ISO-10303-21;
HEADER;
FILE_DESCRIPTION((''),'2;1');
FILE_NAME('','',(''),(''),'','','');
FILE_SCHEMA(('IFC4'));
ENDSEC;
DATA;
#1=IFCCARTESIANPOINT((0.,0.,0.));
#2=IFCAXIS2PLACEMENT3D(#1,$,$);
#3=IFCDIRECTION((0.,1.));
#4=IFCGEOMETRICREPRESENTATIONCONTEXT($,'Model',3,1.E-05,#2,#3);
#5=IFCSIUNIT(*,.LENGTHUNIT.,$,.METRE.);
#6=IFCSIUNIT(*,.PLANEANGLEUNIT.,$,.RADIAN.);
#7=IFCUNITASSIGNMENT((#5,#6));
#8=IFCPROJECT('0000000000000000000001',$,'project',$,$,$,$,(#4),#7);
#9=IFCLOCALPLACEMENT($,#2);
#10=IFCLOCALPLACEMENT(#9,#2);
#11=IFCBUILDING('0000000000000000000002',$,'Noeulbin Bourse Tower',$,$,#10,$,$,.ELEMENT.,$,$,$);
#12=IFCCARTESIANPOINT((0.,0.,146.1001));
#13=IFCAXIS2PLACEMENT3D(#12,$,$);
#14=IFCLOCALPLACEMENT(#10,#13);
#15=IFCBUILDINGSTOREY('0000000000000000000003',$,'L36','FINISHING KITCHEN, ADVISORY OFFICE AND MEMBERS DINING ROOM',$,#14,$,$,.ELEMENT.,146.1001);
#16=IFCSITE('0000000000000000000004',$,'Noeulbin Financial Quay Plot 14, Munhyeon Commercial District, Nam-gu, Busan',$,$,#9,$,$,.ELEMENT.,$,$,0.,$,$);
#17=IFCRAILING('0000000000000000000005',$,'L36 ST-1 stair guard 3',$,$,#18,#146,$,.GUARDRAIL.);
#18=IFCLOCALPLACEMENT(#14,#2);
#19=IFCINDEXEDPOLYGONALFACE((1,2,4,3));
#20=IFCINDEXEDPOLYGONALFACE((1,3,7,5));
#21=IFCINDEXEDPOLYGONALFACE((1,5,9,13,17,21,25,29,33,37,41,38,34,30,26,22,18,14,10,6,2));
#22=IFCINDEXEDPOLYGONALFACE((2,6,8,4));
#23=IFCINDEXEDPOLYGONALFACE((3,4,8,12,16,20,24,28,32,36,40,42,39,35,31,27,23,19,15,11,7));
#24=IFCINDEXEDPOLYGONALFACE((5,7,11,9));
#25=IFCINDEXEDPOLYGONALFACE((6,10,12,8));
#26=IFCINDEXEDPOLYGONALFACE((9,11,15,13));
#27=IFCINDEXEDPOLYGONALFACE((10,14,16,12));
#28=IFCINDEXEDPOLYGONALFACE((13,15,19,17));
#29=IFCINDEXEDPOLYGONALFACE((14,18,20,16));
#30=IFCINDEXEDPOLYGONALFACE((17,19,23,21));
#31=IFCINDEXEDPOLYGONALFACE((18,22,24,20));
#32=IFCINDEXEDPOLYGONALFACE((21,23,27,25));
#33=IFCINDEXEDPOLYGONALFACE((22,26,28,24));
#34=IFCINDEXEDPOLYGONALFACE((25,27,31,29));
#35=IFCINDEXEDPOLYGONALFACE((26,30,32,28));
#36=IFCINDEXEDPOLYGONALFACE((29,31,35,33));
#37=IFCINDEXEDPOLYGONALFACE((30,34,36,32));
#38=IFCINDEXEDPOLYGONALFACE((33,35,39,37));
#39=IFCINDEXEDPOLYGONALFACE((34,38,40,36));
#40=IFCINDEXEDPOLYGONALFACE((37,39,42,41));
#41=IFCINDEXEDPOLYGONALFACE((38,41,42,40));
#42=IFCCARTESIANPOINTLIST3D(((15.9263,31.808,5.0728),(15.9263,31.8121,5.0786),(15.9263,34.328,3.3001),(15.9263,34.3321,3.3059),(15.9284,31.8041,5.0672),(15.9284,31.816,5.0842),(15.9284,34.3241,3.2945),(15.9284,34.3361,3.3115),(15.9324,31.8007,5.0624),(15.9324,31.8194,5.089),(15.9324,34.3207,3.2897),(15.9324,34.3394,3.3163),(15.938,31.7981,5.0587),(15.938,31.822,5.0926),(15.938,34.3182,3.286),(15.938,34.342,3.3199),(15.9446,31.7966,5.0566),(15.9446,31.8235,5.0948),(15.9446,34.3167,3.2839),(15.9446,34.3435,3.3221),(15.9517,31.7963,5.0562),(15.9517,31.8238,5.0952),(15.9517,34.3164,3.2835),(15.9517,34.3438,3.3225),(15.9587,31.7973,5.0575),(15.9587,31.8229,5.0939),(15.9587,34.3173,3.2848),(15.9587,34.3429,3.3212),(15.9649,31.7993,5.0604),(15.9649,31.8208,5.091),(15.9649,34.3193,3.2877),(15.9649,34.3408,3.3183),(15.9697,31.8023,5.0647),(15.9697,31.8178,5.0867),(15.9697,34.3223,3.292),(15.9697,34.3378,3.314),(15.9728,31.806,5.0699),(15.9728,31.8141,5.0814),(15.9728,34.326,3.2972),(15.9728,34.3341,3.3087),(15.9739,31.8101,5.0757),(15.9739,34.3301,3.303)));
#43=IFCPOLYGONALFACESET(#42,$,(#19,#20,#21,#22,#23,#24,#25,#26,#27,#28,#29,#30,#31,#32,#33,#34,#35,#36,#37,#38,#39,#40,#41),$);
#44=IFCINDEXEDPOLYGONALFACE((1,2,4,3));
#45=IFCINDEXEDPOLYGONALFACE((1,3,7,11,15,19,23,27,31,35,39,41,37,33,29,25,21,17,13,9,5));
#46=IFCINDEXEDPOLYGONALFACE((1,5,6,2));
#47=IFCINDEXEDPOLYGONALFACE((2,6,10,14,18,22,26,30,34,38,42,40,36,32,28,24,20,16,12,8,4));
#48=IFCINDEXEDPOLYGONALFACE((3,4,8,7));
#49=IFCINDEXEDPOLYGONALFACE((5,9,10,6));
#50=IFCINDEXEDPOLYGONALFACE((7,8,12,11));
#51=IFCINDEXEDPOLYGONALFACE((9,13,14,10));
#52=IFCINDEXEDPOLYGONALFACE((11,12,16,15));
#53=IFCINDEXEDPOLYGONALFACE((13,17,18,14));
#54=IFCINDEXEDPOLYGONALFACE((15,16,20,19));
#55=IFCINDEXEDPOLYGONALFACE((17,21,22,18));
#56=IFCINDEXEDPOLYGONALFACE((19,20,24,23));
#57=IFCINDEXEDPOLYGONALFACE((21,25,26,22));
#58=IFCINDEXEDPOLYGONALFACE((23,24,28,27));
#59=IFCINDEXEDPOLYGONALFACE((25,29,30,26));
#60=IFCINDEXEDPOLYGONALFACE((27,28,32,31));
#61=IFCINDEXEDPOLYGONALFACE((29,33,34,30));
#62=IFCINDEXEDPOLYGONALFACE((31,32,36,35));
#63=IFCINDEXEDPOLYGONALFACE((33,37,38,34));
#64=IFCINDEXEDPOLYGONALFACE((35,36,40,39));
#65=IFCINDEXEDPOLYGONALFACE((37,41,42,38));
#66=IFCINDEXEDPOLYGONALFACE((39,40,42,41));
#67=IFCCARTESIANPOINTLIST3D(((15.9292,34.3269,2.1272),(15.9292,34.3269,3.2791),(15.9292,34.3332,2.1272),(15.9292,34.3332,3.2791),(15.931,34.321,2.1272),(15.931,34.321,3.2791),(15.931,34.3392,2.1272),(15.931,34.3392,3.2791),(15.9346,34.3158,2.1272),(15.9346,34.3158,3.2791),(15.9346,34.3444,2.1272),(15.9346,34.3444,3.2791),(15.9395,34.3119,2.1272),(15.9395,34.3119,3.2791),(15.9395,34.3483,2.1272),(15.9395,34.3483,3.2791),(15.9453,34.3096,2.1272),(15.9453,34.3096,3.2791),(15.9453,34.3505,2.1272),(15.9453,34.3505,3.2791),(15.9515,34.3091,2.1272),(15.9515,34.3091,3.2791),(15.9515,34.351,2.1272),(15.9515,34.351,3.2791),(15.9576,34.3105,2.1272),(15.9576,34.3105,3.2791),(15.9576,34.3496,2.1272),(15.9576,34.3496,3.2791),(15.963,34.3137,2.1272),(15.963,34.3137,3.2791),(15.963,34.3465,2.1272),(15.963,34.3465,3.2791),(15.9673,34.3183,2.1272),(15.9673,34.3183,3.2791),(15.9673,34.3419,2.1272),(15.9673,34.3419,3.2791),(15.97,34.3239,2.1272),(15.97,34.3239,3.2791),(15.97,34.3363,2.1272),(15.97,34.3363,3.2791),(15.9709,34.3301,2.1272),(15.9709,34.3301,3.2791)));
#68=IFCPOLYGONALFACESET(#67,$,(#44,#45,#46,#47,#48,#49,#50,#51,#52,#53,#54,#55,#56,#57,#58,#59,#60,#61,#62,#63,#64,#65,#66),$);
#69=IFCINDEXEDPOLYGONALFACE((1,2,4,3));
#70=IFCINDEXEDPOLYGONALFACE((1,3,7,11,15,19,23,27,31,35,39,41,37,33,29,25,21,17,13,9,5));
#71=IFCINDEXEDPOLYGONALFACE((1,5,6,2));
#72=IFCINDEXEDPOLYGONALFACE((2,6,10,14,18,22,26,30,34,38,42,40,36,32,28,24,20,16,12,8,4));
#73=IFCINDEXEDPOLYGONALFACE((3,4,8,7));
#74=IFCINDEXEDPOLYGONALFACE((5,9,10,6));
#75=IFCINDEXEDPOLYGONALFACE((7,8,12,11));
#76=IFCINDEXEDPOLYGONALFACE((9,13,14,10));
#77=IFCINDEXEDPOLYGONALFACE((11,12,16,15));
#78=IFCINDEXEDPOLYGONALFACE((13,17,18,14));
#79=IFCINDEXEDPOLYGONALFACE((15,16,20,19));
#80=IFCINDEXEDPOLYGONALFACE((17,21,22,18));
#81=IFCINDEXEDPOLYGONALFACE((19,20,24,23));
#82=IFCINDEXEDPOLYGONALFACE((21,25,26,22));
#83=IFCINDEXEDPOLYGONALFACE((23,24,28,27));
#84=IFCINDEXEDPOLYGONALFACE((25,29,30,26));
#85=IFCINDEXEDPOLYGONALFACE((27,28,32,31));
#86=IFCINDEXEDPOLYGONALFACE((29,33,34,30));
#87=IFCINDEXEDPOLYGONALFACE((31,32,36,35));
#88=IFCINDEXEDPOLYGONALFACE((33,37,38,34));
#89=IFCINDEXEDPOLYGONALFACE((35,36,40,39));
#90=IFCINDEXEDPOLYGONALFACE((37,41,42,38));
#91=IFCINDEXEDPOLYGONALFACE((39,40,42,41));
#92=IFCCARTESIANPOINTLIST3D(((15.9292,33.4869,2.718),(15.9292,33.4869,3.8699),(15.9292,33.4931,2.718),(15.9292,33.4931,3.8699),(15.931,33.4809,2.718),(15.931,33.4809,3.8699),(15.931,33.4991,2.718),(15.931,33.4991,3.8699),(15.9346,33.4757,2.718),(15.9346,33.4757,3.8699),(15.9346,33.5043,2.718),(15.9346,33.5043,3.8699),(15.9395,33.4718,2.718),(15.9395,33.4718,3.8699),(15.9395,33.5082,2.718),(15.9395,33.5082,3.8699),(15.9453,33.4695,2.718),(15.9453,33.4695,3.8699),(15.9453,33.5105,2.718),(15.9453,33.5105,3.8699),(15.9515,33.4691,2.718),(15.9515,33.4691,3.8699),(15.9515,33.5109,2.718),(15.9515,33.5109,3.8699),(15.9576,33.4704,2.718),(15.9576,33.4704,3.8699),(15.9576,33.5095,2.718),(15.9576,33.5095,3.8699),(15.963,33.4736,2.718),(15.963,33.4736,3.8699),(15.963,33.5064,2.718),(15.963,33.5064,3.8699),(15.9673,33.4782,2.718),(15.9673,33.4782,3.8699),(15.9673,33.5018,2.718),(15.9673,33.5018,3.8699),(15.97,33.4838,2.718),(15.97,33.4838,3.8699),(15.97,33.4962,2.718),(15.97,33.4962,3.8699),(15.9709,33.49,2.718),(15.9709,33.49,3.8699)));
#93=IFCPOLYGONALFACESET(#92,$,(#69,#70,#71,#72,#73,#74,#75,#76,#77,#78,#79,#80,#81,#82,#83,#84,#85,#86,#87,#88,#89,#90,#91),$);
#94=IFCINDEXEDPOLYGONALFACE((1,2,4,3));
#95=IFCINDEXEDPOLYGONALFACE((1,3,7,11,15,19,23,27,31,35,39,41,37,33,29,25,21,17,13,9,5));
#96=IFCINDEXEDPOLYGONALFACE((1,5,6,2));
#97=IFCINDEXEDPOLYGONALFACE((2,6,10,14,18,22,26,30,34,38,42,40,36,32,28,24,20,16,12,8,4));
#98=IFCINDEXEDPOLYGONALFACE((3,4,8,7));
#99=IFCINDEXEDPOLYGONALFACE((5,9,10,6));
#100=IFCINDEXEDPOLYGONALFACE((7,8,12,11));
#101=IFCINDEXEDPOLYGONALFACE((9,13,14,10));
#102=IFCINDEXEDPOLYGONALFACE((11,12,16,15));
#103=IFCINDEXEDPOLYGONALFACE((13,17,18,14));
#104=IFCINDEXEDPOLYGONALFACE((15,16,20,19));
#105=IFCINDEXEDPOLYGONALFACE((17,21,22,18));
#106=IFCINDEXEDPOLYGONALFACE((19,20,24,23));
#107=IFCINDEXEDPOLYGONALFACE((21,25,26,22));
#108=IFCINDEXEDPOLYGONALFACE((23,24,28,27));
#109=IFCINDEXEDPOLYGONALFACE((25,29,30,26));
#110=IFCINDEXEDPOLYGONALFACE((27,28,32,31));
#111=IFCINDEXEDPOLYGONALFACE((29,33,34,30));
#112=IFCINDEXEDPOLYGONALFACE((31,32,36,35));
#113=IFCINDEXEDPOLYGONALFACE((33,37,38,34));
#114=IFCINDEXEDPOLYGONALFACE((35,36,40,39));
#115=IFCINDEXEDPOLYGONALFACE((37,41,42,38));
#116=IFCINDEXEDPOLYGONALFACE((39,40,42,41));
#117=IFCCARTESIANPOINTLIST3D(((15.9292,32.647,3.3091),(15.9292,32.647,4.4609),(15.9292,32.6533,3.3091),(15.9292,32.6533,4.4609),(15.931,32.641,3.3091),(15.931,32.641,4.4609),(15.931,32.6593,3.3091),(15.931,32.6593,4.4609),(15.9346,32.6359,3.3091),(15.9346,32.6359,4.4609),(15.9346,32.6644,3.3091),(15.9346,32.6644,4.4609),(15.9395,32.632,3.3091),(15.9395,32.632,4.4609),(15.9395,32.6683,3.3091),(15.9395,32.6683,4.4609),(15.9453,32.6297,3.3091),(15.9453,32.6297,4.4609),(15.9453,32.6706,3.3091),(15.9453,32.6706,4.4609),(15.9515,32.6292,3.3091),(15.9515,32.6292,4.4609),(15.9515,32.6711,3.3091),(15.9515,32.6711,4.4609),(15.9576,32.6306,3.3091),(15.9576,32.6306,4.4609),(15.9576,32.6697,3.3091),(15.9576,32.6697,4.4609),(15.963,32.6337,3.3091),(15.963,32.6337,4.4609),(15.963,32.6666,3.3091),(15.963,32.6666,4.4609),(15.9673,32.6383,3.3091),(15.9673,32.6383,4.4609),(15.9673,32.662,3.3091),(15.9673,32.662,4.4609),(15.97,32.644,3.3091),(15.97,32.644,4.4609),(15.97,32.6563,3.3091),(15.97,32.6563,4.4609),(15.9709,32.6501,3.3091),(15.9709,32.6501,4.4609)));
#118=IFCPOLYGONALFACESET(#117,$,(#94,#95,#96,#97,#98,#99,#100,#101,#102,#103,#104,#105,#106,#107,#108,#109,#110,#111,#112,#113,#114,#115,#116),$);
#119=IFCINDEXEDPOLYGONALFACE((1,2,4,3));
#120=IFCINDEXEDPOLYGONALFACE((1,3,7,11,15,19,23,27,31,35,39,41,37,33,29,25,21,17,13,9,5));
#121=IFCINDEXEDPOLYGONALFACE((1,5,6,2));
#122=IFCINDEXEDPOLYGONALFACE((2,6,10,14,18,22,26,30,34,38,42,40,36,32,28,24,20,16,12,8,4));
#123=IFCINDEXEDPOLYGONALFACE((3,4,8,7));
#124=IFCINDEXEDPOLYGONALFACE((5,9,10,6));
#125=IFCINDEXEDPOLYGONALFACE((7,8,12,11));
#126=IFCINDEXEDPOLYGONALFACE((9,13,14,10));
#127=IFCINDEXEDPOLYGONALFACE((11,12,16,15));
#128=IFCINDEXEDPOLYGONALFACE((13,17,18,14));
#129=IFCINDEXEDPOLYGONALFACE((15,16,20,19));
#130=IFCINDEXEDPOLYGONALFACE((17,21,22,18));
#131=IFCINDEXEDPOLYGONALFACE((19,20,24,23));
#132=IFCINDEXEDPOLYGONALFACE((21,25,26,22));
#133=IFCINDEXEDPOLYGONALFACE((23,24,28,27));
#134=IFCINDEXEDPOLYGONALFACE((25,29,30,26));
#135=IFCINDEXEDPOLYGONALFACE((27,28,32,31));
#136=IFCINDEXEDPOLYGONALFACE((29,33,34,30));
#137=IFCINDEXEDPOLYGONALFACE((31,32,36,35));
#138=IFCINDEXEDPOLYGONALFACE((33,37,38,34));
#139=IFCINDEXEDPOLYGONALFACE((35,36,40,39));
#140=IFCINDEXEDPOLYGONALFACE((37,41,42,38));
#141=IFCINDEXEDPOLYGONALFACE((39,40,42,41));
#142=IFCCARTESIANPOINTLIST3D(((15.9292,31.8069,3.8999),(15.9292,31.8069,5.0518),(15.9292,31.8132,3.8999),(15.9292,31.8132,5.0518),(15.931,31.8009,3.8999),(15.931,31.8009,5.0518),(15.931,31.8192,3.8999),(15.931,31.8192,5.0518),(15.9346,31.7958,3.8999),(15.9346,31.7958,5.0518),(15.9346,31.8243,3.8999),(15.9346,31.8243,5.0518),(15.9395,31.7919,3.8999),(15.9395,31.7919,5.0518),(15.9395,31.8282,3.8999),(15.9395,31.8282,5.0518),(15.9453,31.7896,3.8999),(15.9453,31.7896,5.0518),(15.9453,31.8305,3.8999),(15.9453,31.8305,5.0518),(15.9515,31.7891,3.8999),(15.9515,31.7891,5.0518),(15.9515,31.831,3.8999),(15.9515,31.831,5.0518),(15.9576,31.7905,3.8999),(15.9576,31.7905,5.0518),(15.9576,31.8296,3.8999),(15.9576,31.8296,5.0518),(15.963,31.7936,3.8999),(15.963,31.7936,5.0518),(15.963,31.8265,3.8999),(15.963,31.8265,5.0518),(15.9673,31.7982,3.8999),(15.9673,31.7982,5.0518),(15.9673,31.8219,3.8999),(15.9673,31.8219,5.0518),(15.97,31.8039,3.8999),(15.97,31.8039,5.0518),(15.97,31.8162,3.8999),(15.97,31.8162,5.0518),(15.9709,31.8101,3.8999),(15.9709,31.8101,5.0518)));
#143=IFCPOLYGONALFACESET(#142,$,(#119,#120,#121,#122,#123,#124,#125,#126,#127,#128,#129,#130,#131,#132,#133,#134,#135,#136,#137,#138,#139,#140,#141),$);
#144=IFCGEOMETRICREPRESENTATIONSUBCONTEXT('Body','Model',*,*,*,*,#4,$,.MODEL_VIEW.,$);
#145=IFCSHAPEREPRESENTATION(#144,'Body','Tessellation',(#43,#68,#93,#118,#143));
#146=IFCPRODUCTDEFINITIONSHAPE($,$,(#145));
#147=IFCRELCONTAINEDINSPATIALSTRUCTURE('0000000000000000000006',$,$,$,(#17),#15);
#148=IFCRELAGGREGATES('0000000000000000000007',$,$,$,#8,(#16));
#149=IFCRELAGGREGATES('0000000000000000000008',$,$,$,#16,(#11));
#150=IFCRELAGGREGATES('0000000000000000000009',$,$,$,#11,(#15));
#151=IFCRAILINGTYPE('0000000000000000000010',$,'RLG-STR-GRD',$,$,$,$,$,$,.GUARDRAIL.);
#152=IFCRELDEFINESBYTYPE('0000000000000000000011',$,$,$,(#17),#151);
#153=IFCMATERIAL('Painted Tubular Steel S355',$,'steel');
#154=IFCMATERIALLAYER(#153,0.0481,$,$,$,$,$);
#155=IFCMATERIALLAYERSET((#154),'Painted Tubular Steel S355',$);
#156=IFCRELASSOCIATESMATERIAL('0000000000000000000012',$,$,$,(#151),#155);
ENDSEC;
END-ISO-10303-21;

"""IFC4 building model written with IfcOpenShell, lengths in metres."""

from ifc_helpers import new_model, si_unit, direction, frame, origin, origin_2d, place, context, subcontext, project, spatial, circle, extrude, material, layer, layer_set, type_object, element, save


model = new_model("IFC4")

# Units and contexts
model_context = context("Model", 3, precision=1e-05, world=origin(), true_north=direction((0.0, 1.0)))
body_context = subcontext(model_context, "Body", "Model", "MODEL_VIEW")
ifc_project = project(units=[si_unit("LENGTHUNIT", "METRE"), si_unit("PLANEANGLEUNIT", "RADIAN")], contexts=[model_context])

# Site, building, storey
site_placement = place(None, origin())
site = spatial("IfcSite", under=ifc_project, at=site_placement, Name="Noeulbin Financial Quay Plot 14, Munhyeon Commercial District, Nam-gu, Busan", CompositionType="ELEMENT", RefElevation=0.0)
building_placement = place(site_placement, origin())
building = spatial("IfcBuilding", under=site, at=building_placement, Name="Noeulbin Bourse Tower", CompositionType="ELEMENT")
storey_placement = place(building_placement, frame((0.0, 0.0, 146.1001)))
storey = spatial("IfcBuildingStorey", under=building, at=storey_placement, Name="L36", Description="FINISHING KITCHEN, ADVISORY OFFICE AND MEMBERS DINING ROOM", CompositionType="ELEMENT", Elevation=146.1001)

# Railing
ifc_material_1 = material(Name="Painted Tubular Steel S355", Category="steel")
ifc_layer_1 = layer(ifc_material_1, 0.0481)
ifc_layer_set_1 = layer_set([ifc_layer_1], Name="Painted Tubular Steel S355")
railing_type_1 = type_object("IfcRailingType", Name="RLG-STR-GRD", PredefinedType="GUARDRAIL", material=ifc_layer_set_1)
railing_1_placement = place(storey_placement, frame((15.95, 34.3301, 2.1272)))
element("IfcRailing", 1, at=railing_1_placement, inside=storey, type_object=railing_type_1, Name="L36 ST-1 stair guard 3", PredefinedType="GUARDRAIL", context=body_context, shape_type="SweptSolid", body=[
    extrude(circle(Radius=0.0239, at=origin_2d()), frame((0.0, 0.0, 1.1758), z_axis=(0.0, -0.817904, 0.575354), x_axis=(1.0, 0.0, 0.0)), (0.0, 0.0, 1.0), 3.0811),
    extrude(circle(Radius=0.021, at=origin_2d()), origin(), (0.0, 0.0, 1.0), 1.1519),
    extrude(circle(Radius=0.021, at=origin_2d()), frame((0.0, -0.8401, 0.5908)), (0.0, 0.0, 1.0), 1.1519),
    extrude(circle(Radius=0.021, at=origin_2d()), frame((0.0, -1.6799, 1.1819)), (0.0, 0.0, 1.0), 1.1519),
    extrude(circle(Radius=0.021, at=origin_2d()), frame((0.0, -2.52, 1.7727)), (0.0, 0.0, 1.0), 1.1519),
])

save(model, "model.ifc")
